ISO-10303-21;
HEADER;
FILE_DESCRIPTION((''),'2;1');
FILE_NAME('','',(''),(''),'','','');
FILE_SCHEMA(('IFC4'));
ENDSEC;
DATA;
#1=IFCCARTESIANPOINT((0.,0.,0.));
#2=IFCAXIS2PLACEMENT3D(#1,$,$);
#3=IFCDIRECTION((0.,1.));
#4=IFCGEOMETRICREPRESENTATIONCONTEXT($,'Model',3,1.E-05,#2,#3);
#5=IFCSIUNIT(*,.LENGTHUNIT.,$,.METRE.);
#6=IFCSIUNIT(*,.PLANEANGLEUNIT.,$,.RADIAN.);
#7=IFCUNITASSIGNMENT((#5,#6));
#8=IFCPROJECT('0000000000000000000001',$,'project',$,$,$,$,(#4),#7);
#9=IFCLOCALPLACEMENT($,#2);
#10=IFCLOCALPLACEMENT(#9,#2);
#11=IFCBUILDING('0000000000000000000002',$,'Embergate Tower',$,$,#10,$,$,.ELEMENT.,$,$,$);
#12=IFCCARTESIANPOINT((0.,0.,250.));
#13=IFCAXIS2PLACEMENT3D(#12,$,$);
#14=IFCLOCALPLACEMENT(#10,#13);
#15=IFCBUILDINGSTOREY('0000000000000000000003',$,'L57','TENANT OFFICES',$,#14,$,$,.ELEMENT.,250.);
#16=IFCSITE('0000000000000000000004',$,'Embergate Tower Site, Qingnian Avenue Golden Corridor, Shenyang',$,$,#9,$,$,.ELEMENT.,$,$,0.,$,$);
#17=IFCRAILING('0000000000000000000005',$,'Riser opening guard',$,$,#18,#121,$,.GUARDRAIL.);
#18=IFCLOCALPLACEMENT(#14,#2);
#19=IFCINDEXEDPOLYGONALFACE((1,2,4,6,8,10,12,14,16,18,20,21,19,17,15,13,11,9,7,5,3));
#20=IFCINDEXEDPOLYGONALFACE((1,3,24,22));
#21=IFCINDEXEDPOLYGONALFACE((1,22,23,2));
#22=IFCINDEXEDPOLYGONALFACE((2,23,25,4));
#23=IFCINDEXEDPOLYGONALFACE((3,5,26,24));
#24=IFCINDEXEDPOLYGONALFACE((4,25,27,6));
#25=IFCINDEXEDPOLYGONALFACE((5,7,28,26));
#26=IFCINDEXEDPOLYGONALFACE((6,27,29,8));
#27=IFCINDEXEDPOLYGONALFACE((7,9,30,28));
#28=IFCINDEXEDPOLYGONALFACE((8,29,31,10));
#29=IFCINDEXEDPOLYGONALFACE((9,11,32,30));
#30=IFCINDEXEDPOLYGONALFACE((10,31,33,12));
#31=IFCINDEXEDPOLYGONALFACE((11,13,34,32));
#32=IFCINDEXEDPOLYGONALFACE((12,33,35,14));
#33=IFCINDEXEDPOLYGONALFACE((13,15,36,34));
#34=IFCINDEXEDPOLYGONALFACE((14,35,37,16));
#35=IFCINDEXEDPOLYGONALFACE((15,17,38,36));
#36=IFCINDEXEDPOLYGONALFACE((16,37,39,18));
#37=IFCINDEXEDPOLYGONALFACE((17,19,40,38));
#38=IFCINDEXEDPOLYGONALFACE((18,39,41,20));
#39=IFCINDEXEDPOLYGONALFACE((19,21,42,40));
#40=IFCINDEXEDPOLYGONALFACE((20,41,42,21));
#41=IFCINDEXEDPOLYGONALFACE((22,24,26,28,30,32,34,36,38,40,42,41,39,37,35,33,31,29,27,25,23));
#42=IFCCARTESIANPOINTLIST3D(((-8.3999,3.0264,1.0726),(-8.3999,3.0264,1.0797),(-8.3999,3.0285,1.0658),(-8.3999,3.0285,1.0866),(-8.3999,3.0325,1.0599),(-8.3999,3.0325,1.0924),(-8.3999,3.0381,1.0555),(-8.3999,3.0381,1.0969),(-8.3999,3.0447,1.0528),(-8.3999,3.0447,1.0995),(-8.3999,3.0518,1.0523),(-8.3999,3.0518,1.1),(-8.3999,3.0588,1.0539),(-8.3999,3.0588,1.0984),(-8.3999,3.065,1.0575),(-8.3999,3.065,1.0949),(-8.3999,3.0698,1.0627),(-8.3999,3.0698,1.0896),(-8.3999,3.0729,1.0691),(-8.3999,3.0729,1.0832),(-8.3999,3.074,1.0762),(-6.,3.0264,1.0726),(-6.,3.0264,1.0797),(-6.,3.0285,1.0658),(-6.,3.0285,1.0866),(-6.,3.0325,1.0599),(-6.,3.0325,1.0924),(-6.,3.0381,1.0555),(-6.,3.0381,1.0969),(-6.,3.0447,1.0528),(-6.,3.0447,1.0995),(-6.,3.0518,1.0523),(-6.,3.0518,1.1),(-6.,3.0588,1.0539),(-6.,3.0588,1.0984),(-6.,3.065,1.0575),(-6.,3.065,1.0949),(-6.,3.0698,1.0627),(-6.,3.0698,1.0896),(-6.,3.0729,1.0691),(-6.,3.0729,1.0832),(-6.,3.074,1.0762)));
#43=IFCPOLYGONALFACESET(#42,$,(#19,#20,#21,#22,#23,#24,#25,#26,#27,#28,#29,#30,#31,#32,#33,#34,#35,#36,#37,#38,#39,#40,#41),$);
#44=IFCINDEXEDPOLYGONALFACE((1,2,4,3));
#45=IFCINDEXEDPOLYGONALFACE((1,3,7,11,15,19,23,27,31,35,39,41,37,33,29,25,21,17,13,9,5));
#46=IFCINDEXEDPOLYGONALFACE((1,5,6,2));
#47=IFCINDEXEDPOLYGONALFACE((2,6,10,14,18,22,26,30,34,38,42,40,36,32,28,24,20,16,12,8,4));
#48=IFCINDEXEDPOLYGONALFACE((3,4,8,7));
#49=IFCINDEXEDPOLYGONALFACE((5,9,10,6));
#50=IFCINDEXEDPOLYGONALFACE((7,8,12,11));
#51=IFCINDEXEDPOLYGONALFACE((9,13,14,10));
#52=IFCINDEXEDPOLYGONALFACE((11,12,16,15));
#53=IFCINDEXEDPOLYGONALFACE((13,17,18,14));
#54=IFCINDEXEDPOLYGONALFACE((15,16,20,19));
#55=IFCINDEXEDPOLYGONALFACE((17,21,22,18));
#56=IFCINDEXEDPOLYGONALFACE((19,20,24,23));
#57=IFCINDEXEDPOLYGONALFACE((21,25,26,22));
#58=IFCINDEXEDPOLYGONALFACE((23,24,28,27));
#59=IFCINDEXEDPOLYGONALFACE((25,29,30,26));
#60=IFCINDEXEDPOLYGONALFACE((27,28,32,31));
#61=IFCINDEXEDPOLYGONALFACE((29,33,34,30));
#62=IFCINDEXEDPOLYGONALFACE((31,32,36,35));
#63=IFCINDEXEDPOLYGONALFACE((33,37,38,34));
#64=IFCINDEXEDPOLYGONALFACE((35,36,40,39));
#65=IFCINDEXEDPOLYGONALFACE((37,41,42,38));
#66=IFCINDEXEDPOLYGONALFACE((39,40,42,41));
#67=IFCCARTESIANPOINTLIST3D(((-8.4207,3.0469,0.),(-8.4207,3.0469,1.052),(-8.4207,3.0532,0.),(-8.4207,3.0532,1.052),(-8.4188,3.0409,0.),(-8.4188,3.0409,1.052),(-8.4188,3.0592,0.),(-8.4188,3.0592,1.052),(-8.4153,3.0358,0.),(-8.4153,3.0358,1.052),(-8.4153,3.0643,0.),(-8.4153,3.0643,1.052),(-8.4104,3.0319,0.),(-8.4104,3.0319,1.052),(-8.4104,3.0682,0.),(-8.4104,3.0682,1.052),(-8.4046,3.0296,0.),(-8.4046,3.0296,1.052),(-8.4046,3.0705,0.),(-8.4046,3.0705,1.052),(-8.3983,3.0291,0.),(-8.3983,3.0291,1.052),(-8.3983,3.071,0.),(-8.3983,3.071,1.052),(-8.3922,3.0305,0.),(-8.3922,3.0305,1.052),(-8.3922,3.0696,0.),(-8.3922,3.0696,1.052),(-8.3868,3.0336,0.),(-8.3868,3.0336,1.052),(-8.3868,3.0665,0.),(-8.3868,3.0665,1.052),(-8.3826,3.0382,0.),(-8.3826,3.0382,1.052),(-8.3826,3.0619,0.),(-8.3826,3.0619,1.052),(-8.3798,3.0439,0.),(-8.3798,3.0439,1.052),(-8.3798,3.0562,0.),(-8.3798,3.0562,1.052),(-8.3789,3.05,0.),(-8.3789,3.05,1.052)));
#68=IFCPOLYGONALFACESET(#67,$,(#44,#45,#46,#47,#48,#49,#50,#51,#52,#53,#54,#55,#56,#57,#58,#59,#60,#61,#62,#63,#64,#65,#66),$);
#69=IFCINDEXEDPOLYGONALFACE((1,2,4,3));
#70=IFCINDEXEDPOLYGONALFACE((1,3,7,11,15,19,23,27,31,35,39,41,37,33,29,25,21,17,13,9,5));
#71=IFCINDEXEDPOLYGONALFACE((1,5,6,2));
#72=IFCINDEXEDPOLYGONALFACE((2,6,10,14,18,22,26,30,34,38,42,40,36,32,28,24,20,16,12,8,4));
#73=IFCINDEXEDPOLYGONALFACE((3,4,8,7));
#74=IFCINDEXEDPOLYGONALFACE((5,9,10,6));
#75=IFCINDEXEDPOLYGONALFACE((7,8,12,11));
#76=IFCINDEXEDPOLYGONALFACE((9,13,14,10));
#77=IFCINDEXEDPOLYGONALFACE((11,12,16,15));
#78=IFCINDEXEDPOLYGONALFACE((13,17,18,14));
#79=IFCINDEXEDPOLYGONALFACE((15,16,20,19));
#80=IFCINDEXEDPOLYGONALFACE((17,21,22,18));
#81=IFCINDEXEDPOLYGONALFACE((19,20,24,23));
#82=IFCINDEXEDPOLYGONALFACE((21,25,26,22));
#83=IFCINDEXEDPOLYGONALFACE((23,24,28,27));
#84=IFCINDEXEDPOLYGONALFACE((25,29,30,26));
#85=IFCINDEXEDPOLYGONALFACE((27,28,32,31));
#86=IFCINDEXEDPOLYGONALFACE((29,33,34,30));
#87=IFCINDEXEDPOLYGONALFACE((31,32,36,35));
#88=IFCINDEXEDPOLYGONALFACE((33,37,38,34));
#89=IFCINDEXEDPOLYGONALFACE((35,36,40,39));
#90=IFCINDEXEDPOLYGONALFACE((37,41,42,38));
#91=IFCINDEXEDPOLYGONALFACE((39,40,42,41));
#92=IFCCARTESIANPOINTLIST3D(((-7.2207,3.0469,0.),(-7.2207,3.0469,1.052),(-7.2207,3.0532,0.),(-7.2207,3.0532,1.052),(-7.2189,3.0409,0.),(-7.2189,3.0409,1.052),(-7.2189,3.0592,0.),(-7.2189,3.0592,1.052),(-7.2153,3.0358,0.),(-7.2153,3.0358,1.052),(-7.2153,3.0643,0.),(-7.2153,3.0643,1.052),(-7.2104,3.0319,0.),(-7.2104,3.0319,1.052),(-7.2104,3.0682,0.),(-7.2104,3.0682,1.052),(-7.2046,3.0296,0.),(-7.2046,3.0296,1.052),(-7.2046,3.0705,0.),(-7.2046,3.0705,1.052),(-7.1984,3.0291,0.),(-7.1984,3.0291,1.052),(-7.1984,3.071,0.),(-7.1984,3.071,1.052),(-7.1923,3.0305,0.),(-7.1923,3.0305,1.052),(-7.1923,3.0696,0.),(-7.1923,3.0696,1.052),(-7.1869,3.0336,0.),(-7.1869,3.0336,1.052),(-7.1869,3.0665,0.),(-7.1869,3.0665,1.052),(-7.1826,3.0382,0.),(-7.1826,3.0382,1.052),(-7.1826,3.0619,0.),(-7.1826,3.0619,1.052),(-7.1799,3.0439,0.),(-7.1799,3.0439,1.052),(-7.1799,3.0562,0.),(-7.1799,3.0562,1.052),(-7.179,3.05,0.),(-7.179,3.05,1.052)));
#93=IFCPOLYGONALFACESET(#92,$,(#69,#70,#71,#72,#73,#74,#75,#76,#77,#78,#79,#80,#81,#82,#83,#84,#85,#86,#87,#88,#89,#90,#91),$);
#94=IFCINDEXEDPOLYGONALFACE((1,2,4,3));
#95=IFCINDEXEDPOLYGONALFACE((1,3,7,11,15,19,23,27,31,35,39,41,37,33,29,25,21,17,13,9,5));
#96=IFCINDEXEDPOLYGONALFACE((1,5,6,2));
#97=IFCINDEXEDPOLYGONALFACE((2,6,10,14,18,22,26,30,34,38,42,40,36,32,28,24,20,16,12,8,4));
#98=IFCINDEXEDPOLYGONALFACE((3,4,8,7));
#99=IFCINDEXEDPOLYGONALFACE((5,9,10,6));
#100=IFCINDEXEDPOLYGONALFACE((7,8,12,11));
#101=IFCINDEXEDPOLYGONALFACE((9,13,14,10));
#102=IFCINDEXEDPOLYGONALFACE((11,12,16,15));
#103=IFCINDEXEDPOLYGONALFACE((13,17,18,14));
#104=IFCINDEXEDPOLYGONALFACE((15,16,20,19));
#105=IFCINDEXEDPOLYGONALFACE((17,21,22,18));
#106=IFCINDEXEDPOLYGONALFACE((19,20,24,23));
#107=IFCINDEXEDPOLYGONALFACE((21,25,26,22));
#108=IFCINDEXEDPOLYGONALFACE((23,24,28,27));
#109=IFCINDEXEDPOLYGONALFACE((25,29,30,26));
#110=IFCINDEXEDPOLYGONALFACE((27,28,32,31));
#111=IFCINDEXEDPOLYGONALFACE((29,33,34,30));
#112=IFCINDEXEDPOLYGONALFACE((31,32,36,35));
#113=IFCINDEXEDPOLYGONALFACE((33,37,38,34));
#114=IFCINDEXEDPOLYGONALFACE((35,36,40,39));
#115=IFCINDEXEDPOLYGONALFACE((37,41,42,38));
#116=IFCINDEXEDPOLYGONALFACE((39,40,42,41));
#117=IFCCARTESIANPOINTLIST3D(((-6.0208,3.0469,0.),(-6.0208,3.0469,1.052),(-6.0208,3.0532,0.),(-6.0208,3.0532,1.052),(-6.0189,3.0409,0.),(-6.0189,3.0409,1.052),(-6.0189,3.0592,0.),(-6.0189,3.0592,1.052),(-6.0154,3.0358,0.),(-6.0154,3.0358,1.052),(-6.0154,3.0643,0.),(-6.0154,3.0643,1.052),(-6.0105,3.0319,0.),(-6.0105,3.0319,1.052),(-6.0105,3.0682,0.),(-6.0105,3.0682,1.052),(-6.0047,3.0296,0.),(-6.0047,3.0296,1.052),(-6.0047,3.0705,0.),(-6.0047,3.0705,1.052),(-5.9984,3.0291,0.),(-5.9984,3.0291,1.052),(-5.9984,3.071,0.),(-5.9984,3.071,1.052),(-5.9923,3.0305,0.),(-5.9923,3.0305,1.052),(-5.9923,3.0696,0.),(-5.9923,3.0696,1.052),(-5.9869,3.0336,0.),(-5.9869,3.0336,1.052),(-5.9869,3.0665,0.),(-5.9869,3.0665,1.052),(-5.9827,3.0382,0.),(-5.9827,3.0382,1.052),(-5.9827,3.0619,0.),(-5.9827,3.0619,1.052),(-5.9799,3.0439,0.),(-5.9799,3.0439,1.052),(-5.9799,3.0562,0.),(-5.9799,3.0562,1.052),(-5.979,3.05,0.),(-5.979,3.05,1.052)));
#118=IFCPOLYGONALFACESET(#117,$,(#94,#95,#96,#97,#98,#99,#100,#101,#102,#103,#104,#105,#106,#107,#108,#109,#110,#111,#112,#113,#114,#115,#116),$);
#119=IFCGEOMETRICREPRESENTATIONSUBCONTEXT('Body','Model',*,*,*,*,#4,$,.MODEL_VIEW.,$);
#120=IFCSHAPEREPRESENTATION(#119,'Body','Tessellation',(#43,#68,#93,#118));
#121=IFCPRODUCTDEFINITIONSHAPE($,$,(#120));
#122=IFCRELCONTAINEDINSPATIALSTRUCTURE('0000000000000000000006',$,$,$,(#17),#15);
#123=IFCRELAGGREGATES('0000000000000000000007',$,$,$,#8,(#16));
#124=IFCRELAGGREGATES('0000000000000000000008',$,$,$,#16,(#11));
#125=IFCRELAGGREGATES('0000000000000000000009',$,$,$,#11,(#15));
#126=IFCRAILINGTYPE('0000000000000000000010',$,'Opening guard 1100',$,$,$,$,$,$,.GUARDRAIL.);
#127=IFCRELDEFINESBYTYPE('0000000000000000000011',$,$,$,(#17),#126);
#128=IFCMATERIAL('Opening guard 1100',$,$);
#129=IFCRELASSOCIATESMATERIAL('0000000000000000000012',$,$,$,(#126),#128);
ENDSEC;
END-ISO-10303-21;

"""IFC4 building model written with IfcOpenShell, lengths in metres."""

from ifc_helpers import new_model, si_unit, direction, frame, origin, origin_2d, place, context, subcontext, project, spatial, circle, extrude, source, transform, mapped, material, type_object, element, save


model = new_model("IFC4")

# Units and contexts
model_context = context("Model", 3, precision=1e-05, world=origin(), true_north=direction((0.0, 1.0)))
body_context = subcontext(model_context, "Body", "Model", "MODEL_VIEW")
ifc_project = project(units=[si_unit("LENGTHUNIT", "METRE"), si_unit("PLANEANGLEUNIT", "RADIAN")], contexts=[model_context])

# Site, building, storey
site_placement = place(None, origin())
site = spatial("IfcSite", under=ifc_project, at=site_placement, Name="Embergate Tower Site, Qingnian Avenue Golden Corridor, Shenyang", CompositionType="ELEMENT", RefElevation=0.0)
building_placement = place(site_placement, origin())
building = spatial("IfcBuilding", under=site, at=building_placement, Name="Embergate Tower", CompositionType="ELEMENT")
storey_placement = place(building_placement, frame((0.0, 0.0, 250.0)))
storey = spatial("IfcBuildingStorey", under=building, at=storey_placement, Name="L57", Description="TENANT OFFICES", CompositionType="ELEMENT", Elevation=250.0)

# Railing
ifc_material_1 = material(Name="Opening guard 1100")
railing_type = type_object("IfcRailingType", Name="Opening guard 1100", PredefinedType="GUARDRAIL", material=ifc_material_1)
shared_shape_1 = source(origin(), body_context, "Body", "SweptSolid", [
    extrude(circle(Radius=0.0239, at=origin_2d()), frame((0.0, 0.0, 1.0762), z_axis=(1.0, 0.0, 0.0), x_axis=(0.0, 1.0, 0.0)), (0.0, 0.0, 1.0), 2.3999),
    extrude(circle(Radius=0.021, at=origin_2d()), origin(), (0.0, 0.0, 1.0), 1.052),
    extrude(circle(Radius=0.021, at=origin_2d()), frame((1.2, 0.0, 0.0)), (0.0, 0.0, 1.0), 1.052),
    extrude(circle(Radius=0.021, at=origin_2d()), frame((2.3999, 0.0, 0.0)), (0.0, 0.0, 1.0), 1.052),
])
railing_placement = place(storey_placement, frame((-8.3999, 3.05, 0.0)))
element("IfcRailing", 1, at=railing_placement, inside=storey, type_object=railing_type, Name="Riser opening guard", PredefinedType="GUARDRAIL", context=body_context, shape_type="MappedRepresentation", body=[
    mapped(shared_shape_1, transform((0.0, 0.0, 0.0))),
])

save(model, "model.ifc")
